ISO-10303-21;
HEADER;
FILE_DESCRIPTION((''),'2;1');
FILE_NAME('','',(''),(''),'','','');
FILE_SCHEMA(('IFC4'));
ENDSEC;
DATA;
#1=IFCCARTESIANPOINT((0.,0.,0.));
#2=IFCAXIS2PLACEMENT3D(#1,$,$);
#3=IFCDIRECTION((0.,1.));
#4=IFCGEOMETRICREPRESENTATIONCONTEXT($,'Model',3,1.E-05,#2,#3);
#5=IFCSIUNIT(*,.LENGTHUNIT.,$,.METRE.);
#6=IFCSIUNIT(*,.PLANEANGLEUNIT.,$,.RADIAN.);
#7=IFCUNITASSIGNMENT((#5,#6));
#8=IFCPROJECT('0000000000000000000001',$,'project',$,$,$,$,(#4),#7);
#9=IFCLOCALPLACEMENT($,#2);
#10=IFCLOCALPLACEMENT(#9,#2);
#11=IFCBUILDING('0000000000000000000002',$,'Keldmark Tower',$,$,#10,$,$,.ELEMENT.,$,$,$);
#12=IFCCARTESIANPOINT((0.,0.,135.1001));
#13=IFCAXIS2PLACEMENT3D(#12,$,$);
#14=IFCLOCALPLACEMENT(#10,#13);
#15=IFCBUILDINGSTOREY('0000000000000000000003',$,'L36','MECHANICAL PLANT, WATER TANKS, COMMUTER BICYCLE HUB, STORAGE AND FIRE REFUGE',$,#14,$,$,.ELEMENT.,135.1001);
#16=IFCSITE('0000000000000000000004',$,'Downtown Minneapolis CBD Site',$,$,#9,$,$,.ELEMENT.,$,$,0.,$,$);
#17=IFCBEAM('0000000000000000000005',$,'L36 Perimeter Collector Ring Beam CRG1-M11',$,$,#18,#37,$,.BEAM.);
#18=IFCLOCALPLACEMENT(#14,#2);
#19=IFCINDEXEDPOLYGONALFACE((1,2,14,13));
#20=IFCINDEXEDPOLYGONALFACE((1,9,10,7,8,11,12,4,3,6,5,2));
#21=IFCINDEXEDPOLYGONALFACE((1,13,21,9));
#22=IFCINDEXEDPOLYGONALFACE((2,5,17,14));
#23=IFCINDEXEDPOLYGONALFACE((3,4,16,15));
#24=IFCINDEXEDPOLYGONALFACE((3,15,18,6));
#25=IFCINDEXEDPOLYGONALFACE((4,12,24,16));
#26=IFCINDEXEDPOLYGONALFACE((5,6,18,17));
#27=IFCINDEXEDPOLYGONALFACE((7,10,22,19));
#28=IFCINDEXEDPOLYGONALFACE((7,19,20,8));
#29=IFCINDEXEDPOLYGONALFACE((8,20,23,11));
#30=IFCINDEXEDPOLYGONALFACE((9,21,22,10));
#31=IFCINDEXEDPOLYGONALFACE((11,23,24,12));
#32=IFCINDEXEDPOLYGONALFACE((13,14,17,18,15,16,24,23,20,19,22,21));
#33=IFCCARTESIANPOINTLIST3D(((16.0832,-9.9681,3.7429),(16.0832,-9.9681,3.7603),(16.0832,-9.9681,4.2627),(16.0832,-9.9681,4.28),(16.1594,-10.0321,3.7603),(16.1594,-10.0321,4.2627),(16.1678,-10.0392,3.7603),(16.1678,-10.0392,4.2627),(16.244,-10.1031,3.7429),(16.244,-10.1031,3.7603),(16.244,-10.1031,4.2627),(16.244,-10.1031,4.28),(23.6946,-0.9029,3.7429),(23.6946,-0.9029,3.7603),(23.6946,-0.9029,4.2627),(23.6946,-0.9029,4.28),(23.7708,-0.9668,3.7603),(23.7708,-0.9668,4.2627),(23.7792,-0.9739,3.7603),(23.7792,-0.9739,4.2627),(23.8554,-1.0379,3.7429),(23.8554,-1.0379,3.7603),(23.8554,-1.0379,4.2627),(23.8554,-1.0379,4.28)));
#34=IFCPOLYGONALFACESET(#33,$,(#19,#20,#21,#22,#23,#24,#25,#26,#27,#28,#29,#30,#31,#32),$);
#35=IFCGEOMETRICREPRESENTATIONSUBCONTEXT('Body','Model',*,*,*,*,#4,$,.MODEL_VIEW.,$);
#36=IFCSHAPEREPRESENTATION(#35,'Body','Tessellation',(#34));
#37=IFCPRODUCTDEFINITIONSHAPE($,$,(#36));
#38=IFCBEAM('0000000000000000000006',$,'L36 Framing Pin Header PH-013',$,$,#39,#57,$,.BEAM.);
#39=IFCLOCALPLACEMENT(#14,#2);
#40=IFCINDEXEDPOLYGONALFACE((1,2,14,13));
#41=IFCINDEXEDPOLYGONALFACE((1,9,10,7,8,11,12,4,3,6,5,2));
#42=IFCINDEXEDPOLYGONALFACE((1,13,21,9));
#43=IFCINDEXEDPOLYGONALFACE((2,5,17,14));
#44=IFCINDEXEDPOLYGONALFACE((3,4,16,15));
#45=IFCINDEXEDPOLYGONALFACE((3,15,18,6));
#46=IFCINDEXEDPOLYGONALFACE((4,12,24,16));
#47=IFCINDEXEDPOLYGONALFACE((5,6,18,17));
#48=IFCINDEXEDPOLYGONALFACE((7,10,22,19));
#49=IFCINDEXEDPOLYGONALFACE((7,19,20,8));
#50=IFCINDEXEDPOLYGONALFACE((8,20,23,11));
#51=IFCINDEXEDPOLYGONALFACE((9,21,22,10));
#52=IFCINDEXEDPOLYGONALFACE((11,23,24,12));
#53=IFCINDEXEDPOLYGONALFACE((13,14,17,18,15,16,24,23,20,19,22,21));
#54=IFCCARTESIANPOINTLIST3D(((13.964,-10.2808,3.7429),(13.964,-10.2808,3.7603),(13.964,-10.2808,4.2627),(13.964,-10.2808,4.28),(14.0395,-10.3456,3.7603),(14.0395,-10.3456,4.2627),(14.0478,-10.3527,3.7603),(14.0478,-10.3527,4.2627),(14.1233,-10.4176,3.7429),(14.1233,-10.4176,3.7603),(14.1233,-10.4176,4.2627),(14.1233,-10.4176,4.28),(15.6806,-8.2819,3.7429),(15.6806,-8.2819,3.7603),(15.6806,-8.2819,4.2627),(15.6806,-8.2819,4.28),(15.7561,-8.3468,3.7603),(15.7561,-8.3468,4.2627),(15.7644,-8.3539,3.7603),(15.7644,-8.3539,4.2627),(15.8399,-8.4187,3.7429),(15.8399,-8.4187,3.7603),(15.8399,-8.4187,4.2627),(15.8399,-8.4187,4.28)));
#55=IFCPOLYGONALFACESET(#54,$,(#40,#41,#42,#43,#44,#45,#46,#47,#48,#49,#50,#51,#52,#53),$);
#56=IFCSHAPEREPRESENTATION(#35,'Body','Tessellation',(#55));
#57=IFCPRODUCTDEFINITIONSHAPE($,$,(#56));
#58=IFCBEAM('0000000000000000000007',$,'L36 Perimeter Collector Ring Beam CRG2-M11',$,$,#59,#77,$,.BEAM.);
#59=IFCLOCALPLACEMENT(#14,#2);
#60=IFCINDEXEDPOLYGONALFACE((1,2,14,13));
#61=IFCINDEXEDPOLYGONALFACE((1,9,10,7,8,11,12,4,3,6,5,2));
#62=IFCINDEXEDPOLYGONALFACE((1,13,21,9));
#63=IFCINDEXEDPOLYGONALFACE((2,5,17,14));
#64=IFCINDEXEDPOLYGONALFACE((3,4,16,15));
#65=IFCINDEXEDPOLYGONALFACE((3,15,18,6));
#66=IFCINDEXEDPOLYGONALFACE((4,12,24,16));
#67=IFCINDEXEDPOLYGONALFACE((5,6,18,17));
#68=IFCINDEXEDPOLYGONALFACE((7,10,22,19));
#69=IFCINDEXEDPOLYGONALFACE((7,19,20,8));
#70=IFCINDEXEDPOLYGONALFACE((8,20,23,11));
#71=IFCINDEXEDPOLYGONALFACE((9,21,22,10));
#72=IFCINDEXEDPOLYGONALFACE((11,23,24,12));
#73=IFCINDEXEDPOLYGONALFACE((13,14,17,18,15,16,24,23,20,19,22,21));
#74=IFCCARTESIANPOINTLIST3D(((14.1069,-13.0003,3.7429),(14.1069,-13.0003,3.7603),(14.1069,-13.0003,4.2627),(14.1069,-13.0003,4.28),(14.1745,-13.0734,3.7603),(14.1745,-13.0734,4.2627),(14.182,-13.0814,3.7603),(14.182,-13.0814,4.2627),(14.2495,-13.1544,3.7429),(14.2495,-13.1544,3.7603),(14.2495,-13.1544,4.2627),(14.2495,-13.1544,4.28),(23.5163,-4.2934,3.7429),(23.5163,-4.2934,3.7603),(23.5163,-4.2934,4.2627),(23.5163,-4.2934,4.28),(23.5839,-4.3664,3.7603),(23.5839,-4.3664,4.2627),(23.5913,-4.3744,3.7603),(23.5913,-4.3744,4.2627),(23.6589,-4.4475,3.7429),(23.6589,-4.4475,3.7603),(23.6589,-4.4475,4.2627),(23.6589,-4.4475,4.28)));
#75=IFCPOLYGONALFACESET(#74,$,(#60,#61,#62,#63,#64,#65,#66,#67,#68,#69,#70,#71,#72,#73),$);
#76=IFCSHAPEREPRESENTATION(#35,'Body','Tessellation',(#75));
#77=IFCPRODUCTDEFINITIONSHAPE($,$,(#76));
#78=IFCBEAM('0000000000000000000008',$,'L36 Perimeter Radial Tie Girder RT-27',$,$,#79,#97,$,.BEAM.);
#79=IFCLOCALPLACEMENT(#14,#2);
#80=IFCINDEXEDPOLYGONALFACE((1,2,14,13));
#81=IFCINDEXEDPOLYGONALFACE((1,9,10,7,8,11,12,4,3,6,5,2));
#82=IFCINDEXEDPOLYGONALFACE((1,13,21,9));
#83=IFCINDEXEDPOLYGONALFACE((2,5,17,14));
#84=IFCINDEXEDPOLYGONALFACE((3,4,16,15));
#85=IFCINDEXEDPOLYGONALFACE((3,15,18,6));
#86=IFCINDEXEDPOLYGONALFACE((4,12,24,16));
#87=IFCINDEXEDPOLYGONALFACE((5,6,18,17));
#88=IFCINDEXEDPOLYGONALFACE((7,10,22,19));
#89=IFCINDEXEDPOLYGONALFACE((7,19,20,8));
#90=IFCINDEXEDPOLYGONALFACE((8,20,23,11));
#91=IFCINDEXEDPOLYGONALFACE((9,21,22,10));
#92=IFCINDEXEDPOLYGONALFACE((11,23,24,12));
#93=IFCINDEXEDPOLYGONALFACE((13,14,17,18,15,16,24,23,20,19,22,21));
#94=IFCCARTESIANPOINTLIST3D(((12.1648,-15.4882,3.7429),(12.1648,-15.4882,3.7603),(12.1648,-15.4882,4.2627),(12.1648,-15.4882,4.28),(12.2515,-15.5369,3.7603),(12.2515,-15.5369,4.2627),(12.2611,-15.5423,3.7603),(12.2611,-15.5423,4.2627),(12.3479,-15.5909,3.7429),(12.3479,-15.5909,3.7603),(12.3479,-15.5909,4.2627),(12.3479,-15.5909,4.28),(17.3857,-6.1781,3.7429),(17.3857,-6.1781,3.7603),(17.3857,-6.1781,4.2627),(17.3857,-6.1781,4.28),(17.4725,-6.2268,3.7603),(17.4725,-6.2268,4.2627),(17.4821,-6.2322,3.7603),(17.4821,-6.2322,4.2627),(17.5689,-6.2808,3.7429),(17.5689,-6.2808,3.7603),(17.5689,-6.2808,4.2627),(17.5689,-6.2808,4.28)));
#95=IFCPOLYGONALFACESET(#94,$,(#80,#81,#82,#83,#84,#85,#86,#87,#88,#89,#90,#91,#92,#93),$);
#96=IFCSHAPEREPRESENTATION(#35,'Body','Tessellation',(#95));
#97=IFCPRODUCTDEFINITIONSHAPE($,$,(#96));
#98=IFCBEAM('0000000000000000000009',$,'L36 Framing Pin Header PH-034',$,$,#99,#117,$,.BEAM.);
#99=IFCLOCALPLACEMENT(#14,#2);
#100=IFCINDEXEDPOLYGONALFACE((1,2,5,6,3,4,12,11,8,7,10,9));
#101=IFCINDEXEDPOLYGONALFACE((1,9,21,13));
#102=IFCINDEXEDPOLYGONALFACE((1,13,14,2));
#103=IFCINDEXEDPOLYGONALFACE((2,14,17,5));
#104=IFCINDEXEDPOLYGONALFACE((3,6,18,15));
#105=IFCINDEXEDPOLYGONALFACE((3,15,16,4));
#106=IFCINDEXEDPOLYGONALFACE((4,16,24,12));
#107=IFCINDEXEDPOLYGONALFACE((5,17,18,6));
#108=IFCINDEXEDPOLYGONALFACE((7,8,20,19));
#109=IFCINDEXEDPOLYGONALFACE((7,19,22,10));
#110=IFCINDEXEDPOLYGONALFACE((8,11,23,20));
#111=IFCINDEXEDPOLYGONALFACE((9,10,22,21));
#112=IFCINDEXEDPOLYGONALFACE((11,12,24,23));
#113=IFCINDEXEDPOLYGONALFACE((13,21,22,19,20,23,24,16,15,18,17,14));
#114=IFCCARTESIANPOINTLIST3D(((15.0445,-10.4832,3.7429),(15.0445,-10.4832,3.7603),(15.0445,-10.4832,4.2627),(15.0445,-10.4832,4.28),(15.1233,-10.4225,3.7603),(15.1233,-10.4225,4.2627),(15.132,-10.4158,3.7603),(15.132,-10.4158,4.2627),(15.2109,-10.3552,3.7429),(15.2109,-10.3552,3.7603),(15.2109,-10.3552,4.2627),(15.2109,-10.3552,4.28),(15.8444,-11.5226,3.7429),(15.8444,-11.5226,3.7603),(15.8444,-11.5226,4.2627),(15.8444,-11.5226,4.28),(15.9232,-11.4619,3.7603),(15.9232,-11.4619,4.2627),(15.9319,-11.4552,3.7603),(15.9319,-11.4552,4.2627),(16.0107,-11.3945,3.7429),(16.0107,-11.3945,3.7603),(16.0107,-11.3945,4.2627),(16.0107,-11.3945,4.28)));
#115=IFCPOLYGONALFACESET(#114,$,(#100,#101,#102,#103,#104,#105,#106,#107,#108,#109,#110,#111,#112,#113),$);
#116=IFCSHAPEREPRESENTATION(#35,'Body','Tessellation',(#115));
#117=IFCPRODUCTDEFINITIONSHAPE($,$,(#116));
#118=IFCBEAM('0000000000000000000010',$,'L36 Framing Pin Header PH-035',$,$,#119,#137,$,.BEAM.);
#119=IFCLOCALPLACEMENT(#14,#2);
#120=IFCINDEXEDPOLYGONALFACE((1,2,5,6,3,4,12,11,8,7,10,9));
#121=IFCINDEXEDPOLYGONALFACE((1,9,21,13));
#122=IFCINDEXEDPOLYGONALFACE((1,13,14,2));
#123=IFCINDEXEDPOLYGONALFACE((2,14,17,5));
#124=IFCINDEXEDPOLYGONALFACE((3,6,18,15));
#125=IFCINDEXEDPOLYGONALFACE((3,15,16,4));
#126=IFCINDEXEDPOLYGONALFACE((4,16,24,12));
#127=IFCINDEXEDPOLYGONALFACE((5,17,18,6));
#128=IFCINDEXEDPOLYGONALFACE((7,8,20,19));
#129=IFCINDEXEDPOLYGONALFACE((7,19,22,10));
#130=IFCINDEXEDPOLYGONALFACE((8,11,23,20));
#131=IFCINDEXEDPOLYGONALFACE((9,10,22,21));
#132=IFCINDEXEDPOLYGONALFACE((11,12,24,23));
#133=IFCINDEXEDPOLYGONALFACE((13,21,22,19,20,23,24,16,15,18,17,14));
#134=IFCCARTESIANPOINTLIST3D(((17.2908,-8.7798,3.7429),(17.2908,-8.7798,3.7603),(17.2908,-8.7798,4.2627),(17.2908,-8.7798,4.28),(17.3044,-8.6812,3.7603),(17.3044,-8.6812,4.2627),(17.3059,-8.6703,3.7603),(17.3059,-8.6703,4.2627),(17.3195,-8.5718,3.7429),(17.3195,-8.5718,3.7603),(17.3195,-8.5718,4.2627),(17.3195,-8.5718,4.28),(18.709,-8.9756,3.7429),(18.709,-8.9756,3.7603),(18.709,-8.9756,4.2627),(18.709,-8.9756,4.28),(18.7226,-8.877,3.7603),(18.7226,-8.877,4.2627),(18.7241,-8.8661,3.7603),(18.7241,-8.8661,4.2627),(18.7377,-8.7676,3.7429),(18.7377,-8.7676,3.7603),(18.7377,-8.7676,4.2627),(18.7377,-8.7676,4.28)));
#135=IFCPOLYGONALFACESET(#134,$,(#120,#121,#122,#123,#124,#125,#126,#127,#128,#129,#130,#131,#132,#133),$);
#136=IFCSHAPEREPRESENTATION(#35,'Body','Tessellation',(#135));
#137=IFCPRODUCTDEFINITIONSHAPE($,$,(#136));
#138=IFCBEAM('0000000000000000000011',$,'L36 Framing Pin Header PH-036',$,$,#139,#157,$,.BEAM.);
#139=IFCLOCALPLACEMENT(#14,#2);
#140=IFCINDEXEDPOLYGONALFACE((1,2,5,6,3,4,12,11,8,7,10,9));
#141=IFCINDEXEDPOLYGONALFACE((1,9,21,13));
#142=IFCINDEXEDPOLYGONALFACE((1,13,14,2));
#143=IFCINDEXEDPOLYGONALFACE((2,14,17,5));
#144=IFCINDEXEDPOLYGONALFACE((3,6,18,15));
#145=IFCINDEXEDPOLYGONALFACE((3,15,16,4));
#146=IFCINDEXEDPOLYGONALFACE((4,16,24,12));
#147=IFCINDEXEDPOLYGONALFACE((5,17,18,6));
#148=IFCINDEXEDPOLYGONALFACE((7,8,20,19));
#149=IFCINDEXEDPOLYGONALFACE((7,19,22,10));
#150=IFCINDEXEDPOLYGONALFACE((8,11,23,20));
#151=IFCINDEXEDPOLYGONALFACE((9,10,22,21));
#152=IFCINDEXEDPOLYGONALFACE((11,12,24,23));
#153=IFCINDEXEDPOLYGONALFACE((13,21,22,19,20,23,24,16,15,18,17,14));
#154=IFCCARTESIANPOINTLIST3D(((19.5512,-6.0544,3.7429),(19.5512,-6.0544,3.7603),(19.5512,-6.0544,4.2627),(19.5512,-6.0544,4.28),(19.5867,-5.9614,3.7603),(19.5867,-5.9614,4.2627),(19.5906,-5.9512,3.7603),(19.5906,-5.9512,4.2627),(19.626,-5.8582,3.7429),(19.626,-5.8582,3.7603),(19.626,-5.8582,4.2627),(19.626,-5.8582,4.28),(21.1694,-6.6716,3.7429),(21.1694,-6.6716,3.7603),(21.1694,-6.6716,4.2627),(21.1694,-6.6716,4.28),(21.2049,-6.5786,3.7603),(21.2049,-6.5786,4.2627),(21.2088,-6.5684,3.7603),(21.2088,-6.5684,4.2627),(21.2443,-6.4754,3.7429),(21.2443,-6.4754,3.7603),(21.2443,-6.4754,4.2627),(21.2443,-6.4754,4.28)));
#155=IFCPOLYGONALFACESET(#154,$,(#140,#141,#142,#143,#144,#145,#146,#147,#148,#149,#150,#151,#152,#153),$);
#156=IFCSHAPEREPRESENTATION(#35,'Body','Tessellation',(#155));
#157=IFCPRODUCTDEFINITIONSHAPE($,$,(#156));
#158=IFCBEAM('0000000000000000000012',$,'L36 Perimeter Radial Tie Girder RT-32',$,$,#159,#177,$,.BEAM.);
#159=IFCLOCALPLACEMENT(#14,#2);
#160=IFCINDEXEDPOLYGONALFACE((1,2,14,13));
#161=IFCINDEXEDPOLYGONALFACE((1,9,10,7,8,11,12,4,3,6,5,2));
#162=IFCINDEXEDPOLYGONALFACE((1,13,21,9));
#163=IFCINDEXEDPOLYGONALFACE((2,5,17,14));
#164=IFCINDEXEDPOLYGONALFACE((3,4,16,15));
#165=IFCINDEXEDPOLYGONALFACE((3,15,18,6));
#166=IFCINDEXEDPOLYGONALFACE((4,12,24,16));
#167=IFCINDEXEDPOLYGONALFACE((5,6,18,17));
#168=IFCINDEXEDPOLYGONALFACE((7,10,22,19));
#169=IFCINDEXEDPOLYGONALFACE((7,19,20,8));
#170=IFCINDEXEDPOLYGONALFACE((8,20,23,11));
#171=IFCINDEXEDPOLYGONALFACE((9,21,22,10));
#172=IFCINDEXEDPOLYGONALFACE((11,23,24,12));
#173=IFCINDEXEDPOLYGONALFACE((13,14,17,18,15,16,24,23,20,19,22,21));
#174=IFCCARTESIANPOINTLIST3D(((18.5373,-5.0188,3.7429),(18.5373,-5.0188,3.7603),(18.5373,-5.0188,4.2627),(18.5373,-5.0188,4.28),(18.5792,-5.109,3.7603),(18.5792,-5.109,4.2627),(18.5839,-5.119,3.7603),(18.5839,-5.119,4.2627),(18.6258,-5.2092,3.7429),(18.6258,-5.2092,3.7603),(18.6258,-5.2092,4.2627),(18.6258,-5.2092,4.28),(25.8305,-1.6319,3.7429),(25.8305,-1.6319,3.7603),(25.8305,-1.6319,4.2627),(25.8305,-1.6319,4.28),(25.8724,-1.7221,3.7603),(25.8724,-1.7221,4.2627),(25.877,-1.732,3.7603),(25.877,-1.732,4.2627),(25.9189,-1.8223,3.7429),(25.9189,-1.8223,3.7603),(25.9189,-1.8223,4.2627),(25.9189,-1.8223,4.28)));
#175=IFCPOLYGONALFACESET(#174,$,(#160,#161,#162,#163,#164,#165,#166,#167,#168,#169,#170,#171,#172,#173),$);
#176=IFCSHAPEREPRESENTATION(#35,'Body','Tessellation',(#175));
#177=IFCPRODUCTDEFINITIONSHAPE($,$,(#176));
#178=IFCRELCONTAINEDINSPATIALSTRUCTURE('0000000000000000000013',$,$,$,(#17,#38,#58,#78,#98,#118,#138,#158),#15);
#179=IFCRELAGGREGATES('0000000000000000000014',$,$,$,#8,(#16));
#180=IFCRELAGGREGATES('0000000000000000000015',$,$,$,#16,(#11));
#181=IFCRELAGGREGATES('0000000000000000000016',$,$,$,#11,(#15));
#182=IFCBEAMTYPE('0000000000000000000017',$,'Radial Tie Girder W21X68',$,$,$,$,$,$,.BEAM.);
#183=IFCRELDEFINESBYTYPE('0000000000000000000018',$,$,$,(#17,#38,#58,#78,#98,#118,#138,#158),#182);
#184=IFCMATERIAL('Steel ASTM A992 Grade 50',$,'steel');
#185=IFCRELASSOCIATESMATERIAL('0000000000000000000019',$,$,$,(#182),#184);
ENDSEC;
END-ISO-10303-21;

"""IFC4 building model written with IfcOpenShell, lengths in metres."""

from ifc_helpers import new_model, si_unit, direction, frame, origin, origin_2d, place, context, subcontext, project, spatial, i_section, extrude, material, material_profile, profile_set, type_object, element, save


model = new_model("IFC4")

# Units and contexts
model_context = context("Model", 3, precision=1e-05, world=origin(), true_north=direction((0.0, 1.0)))
body_context = subcontext(model_context, "Body", "Model", "MODEL_VIEW")
ifc_project = project(units=[si_unit("LENGTHUNIT", "METRE"), si_unit("PLANEANGLEUNIT", "RADIAN")], contexts=[model_context])

# Site, building, storey
site_placement = place(None, origin())
site = spatial("IfcSite", under=ifc_project, at=site_placement, Name="Downtown Minneapolis CBD Site", CompositionType="ELEMENT", RefElevation=0.0)
building_placement = place(site_placement, origin())
building = spatial("IfcBuilding", under=site, at=building_placement, Name="Keldmark Tower", CompositionType="ELEMENT")
storey_placement = place(building_placement, frame((0.0, 0.0, 135.1001)))
storey = spatial("IfcBuildingStorey", under=building, at=storey_placement, Name="L36", Description="MECHANICAL PLANT, WATER TANKS, COMMUTER BICYCLE HUB, STORAGE AND FIRE REFUGE", CompositionType="ELEMENT", Elevation=135.1001)

# Beams
ifc_material_1 = material(Name="Steel ASTM A992 Grade 50", Category="steel")
ifc_material_profile_1 = material_profile(ifc_material_1, i_section(OverallWidth=0.21, OverallDepth=0.5371, WebThickness=0.011, FlangeThickness=0.0173, at=origin_2d()), Name="W21X68")
ifc_profile_set_1 = profile_set([ifc_material_profile_1], Name="Steel ASTM A992 Grade 50")
beam_type_1 = type_object("IfcBeamType", Name="Radial Tie Girder W21X68", PredefinedType="BEAM", material=ifc_profile_set_1)
beam_1_placement = place(storey_placement, frame((16.1636, -10.0356, 4.0115), z_axis=(0.643022, 0.765847, 0.0), x_axis=(-0.765847, 0.643022, 0.0)))
element("IfcBeam", 1, at=beam_1_placement, inside=storey, type_object=beam_type_1, Name="L36 Perimeter Collector Ring Beam CRG1-M11", PredefinedType="BEAM", context=body_context, shape_type="SweptSolid", body=[
    extrude(i_section(OverallWidth=0.21, OverallDepth=0.5371, WebThickness=0.011, FlangeThickness=0.0173, at=origin_2d()), origin(), (0.0, 0.0, 1.0), 11.8369),
])
beam_2_placement = place(storey_placement, frame((15.7603, -8.3503, 4.0115), z_axis=(-0.651516, -0.758635, 0.0), x_axis=(0.758635, -0.651516, 0.0)))
element("IfcBeam", 2, at=beam_2_placement, inside=storey, type_object=beam_type_1, Name="L36 Framing Pin Header PH-013", PredefinedType="BEAM", context=body_context, shape_type="SweptSolid", body=[
    extrude(i_section(OverallWidth=0.21, OverallDepth=0.5371, WebThickness=0.011, FlangeThickness=0.0173, at=origin_2d()), origin(), (0.0, 0.0, 1.0), 2.6348),
])
beam_3_placement = place(storey_placement, frame((14.1782, -13.0774, 4.0115), z_axis=(0.733971, 0.679181, 0.0), x_axis=(-0.679181, 0.733971, 0.0)))
element("IfcBeam", 3, at=beam_3_placement, inside=storey, type_object=beam_type_1, Name="L36 Perimeter Collector Ring Beam CRG2-M11", PredefinedType="BEAM", context=body_context, shape_type="SweptSolid", body=[
    extrude(i_section(OverallWidth=0.21, OverallDepth=0.5371, WebThickness=0.011, FlangeThickness=0.0173, at=origin_2d()), origin(), (0.0, 0.0, 1.0), 12.8198),
])
beam_4_placement = place(storey_placement, frame((17.4773, -6.2295, 4.0115), z_axis=(-0.489125, -0.872214, 0.0), x_axis=(0.872214, -0.489125, 0.0)))
element("IfcBeam", 4, at=beam_4_placement, inside=storey, type_object=beam_type_1, Name="L36 Perimeter Radial Tie Girder RT-27", PredefinedType="BEAM", context=body_context, shape_type="SweptSolid", body=[
    extrude(i_section(OverallWidth=0.21, OverallDepth=0.5371, WebThickness=0.011, FlangeThickness=0.0173, at=origin_2d()), origin(), (0.0, 0.0, 1.0), 10.6741),
])
beam_5_placement = place(storey_placement, frame((15.1277, -10.4192, 4.0115), z_axis=(0.609873, -0.792499, 0.0), x_axis=(0.792499, 0.609873, 0.0)))
element("IfcBeam", 5, at=beam_5_placement, inside=storey, type_object=beam_type_1, Name="L36 Framing Pin Header PH-034", PredefinedType="BEAM", context=body_context, shape_type="SweptSolid", body=[
    extrude(i_section(OverallWidth=0.21, OverallDepth=0.5371, WebThickness=0.011, FlangeThickness=0.0173, at=origin_2d()), origin(), (0.0, 0.0, 1.0), 1.3115),
])
beam_6_placement = place(storey_placement, frame((17.3052, -8.6758, 4.0115), z_axis=(0.990604, -0.136764, 0.0), x_axis=(0.136764, 0.990604, 0.0)))
element("IfcBeam", 6, at=beam_6_placement, inside=storey, type_object=beam_type_1, Name="L36 Framing Pin Header PH-035", PredefinedType="BEAM", context=body_context, shape_type="SweptSolid", body=[
    extrude(i_section(OverallWidth=0.21, OverallDepth=0.5371, WebThickness=0.011, FlangeThickness=0.0173, at=origin_2d()), origin(), (0.0, 0.0, 1.0), 1.4316),
])
beam_7_placement = place(storey_placement, frame((19.5886, -5.9563, 4.0115), z_axis=(0.934345, -0.35637, 0.0), x_axis=(0.35637, 0.934345, 0.0)))
element("IfcBeam", 7, at=beam_7_placement, inside=storey, type_object=beam_type_1, Name="L36 Framing Pin Header PH-036", PredefinedType="BEAM", context=body_context, shape_type="SweptSolid", body=[
    extrude(i_section(OverallWidth=0.21, OverallDepth=0.5371, WebThickness=0.011, FlangeThickness=0.0173, at=origin_2d()), origin(), (0.0, 0.0, 1.0), 1.7319),
])
beam_8_placement = place(storey_placement, frame((18.5815, -5.114, 4.0115), z_axis=(0.90697, 0.421196, 0.0), x_axis=(-0.421196, 0.90697, 0.0)))
element("IfcBeam", 8, at=beam_8_placement, inside=storey, type_object=beam_type_1, Name="L36 Perimeter Radial Tie Girder RT-32", PredefinedType="BEAM", context=body_context, shape_type="SweptSolid", body=[
    extrude(i_section(OverallWidth=0.21, OverallDepth=0.5371, WebThickness=0.011, FlangeThickness=0.0173, at=origin_2d()), origin(), (0.0, 0.0, 1.0), 8.0413),
])

save(model, "model.ifc")
